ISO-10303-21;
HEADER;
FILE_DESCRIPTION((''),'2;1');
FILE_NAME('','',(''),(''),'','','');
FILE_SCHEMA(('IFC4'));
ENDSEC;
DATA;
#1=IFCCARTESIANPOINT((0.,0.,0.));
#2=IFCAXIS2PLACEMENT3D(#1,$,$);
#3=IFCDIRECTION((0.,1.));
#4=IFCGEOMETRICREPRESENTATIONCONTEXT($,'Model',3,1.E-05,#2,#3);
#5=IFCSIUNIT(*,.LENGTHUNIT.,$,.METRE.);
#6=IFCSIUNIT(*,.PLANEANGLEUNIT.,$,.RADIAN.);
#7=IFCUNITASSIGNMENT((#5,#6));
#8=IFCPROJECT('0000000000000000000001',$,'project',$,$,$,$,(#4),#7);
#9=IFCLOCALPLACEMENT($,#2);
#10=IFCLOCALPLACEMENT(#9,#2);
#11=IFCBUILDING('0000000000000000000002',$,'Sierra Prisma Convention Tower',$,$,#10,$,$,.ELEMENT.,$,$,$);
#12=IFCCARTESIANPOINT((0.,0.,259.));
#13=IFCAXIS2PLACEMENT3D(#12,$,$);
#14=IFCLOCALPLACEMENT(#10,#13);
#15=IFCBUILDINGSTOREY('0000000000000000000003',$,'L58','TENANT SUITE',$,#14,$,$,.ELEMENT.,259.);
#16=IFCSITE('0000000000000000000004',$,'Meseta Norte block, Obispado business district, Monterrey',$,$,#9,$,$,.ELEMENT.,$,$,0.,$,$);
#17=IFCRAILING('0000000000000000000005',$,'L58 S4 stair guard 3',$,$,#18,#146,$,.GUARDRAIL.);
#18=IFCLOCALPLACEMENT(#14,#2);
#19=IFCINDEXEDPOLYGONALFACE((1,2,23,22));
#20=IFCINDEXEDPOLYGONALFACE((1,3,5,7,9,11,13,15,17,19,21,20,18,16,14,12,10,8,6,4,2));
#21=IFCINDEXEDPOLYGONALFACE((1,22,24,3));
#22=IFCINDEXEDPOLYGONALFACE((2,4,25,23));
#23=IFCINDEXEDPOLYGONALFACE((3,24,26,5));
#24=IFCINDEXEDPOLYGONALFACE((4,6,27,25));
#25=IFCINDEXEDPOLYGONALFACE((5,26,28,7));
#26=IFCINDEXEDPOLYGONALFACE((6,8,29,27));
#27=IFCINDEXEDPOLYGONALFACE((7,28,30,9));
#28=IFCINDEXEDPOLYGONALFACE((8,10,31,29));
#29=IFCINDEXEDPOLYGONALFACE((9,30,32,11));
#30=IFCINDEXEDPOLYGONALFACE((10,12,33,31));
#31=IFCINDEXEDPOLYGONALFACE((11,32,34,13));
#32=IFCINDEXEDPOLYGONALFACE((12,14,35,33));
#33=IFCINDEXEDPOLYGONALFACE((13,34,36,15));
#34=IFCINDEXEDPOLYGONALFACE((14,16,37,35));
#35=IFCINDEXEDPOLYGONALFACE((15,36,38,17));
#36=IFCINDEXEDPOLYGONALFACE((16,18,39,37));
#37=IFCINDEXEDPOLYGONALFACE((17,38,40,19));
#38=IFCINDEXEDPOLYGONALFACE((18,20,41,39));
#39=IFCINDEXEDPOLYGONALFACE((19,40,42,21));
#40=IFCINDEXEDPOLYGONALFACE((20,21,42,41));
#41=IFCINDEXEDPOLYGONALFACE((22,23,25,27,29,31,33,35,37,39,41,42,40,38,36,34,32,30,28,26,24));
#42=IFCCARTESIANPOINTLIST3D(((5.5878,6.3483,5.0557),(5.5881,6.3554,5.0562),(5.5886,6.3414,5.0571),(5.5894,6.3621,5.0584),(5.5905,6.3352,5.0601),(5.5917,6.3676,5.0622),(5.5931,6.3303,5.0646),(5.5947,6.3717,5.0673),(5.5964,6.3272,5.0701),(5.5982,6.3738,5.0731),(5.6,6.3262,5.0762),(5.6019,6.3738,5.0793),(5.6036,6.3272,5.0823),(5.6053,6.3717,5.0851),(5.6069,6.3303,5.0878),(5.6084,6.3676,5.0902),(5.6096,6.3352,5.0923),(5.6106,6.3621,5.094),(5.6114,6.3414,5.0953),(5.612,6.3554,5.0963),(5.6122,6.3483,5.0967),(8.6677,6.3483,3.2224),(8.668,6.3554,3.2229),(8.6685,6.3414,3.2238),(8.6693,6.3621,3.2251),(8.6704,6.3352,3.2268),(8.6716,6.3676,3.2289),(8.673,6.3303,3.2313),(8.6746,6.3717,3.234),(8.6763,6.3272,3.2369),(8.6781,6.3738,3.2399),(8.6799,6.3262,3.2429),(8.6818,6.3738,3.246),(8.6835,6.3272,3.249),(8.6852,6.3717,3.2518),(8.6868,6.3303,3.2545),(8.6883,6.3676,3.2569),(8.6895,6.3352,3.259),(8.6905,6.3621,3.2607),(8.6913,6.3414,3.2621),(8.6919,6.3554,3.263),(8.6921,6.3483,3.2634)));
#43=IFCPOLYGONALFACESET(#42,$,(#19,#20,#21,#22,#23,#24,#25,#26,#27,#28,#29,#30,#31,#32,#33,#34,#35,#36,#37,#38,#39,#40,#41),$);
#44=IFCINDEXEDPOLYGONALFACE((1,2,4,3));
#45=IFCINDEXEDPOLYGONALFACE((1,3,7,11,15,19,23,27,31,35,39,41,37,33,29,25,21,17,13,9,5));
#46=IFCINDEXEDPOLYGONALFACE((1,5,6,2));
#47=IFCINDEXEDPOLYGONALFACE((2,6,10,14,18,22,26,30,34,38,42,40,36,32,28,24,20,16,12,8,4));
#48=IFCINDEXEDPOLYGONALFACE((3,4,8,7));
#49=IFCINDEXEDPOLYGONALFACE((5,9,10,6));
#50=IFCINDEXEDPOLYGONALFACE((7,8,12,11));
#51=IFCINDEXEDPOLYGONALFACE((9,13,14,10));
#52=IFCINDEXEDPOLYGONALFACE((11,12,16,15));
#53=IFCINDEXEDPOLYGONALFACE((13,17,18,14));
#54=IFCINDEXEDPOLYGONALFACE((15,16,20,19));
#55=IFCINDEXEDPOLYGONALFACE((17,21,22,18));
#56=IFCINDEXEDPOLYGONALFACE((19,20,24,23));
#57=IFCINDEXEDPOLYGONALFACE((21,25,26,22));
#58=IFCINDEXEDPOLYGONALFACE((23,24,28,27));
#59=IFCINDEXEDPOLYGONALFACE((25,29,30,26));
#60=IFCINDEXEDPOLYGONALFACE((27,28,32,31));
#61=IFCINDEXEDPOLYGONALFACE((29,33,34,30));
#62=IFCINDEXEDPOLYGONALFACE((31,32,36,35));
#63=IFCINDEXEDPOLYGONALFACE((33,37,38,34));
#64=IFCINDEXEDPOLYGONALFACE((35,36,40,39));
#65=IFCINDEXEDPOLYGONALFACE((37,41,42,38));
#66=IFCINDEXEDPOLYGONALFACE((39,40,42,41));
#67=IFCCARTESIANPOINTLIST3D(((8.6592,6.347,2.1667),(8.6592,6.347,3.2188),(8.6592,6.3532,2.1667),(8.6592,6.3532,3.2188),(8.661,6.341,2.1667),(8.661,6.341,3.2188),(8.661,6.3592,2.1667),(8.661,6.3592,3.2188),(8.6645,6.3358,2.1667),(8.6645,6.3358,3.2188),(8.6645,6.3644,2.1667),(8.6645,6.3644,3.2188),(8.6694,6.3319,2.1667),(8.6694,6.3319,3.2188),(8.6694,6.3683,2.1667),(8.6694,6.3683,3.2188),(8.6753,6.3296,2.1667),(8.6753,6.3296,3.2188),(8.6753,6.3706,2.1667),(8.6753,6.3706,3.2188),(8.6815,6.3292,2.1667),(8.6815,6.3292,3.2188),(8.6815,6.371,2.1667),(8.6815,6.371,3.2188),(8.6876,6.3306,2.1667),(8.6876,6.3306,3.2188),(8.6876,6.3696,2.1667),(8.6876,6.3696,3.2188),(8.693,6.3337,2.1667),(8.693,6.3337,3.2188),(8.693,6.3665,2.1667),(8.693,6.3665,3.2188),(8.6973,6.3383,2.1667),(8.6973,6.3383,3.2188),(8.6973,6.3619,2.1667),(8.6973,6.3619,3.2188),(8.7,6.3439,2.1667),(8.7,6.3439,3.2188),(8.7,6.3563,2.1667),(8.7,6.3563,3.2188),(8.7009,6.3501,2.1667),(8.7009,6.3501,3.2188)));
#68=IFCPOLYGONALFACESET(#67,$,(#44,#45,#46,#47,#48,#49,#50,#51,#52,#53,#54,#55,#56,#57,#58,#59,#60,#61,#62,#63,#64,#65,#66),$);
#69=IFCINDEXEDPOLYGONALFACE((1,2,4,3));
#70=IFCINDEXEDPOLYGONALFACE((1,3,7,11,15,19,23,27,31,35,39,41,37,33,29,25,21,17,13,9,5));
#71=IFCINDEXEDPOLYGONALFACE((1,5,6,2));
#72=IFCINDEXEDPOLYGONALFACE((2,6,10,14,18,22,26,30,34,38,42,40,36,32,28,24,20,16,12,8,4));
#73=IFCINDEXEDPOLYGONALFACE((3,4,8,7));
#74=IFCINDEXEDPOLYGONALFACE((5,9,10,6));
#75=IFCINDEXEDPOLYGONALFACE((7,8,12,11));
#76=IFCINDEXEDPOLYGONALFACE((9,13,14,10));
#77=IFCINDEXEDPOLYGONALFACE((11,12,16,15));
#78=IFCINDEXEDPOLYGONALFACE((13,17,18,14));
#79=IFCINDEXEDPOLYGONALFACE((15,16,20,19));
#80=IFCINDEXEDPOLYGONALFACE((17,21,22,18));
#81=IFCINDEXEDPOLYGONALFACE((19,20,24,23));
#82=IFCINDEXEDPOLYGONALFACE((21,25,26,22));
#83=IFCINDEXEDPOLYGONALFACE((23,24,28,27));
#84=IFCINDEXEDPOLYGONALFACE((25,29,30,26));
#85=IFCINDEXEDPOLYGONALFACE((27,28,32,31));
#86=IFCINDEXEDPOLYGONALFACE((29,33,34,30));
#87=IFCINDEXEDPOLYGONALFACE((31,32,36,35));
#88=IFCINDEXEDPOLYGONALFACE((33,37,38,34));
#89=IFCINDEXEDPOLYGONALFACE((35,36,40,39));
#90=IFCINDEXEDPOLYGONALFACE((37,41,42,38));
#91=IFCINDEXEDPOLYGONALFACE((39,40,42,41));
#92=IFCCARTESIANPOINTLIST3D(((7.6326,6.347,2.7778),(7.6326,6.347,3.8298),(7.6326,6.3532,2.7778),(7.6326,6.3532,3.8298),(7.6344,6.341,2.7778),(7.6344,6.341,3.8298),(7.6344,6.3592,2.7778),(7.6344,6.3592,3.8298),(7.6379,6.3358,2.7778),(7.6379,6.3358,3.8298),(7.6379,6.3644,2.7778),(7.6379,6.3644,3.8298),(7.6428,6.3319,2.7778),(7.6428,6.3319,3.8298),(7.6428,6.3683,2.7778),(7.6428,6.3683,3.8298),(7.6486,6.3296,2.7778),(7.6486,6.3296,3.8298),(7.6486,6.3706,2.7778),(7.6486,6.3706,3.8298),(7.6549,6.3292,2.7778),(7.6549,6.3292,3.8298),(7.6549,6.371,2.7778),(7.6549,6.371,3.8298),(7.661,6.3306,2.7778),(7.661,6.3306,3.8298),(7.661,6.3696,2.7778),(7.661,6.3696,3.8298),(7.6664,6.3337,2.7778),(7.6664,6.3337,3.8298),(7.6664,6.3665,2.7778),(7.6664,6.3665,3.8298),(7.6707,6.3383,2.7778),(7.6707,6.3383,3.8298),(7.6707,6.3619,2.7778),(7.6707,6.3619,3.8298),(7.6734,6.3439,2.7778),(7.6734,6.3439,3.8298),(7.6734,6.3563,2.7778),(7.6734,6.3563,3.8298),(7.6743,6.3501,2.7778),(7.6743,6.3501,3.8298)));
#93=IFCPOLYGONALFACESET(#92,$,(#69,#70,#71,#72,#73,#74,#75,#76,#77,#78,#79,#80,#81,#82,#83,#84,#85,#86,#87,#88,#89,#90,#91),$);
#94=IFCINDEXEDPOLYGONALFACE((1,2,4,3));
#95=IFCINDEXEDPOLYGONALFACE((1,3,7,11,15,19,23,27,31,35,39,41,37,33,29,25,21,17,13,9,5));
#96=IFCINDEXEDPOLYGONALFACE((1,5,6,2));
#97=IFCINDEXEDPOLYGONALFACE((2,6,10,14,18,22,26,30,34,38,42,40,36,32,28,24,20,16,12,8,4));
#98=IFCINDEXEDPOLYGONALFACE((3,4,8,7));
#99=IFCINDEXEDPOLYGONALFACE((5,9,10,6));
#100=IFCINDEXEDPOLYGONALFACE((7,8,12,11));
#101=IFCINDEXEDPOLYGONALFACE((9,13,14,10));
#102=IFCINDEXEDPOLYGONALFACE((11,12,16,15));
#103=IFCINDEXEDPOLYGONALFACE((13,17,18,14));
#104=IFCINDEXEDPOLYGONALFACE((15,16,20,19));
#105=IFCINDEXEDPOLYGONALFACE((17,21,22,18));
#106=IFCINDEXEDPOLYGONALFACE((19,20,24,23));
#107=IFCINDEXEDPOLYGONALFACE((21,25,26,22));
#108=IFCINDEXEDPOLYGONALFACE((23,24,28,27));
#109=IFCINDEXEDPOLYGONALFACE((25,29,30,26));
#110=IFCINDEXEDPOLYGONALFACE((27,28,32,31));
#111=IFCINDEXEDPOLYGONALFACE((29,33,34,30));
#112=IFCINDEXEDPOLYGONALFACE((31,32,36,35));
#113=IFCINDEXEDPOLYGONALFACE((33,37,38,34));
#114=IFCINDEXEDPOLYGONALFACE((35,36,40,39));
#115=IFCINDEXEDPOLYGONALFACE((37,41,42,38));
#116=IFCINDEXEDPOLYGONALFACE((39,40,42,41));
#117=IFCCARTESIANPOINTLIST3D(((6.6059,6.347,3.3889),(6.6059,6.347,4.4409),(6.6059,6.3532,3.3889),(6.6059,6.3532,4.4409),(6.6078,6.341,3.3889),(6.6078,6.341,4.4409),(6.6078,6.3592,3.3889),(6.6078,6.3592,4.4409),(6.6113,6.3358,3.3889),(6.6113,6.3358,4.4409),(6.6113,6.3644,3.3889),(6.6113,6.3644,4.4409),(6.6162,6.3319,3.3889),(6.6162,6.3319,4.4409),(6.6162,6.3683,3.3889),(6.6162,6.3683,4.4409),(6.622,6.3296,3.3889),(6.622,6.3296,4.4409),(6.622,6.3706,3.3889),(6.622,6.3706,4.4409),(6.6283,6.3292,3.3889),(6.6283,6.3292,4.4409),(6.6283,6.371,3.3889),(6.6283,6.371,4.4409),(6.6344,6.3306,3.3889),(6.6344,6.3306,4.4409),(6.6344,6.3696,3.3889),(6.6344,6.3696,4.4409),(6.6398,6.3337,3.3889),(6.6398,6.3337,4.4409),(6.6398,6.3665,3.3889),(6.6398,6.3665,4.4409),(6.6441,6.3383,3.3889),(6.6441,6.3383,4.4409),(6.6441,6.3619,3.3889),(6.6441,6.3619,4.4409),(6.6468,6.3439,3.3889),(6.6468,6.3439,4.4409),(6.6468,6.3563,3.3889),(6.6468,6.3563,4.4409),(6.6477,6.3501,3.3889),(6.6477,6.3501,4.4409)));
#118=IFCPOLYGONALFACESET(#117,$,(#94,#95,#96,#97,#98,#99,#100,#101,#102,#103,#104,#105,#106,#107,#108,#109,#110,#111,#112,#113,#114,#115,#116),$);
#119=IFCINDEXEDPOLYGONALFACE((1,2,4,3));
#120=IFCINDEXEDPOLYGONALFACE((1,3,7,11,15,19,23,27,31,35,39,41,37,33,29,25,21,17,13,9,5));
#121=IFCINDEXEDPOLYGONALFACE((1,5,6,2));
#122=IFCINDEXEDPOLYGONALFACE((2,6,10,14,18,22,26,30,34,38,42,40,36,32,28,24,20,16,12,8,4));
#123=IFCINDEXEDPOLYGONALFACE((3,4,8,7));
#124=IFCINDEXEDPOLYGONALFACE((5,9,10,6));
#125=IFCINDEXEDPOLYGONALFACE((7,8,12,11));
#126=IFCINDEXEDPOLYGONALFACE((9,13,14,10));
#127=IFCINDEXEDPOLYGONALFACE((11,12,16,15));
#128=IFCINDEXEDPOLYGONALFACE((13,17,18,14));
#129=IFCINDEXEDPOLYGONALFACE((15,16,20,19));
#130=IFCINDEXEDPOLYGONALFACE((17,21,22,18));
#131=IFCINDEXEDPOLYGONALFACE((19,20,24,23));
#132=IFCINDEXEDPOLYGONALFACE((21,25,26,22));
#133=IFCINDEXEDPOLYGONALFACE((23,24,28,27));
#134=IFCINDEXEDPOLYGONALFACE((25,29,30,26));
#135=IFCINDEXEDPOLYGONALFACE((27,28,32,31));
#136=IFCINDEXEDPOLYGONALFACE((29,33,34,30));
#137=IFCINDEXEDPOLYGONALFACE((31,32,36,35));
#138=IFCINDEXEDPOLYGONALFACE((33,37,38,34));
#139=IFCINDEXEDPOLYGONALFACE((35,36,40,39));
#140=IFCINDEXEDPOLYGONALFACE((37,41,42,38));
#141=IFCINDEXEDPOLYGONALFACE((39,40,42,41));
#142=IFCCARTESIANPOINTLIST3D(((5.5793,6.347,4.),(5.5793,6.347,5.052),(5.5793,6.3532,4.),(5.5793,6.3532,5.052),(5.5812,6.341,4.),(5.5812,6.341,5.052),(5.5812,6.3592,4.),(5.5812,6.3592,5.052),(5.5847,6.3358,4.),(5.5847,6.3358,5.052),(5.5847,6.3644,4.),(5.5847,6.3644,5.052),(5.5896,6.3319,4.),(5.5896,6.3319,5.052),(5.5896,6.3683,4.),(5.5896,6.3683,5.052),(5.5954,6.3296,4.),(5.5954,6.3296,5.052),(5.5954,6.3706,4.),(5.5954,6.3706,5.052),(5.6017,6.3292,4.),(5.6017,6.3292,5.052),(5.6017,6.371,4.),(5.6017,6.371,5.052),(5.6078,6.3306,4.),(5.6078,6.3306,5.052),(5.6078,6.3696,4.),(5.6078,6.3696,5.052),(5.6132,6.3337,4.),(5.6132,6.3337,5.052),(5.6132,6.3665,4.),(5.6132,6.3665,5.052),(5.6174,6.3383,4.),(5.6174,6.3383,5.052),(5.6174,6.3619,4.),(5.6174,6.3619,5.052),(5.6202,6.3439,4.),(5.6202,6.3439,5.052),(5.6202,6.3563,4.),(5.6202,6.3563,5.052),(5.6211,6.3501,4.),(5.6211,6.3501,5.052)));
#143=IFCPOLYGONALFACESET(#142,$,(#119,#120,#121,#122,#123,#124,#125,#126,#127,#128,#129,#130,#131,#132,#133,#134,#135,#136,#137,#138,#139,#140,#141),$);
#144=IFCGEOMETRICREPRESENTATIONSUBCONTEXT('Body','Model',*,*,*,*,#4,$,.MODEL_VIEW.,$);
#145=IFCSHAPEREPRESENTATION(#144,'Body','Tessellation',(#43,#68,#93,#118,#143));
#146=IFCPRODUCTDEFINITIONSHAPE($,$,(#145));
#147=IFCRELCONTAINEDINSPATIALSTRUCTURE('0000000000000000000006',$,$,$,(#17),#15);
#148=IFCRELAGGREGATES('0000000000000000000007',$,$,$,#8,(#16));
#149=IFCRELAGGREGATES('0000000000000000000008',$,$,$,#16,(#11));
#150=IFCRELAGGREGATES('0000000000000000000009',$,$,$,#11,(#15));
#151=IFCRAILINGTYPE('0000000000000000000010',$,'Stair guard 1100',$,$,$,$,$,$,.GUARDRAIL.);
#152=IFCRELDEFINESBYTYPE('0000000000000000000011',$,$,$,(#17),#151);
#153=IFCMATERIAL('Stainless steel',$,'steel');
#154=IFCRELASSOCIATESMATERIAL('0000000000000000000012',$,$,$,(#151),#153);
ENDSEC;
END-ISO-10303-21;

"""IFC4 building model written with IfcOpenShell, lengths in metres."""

from ifc_helpers import new_model, si_unit, direction, frame, origin, origin_2d, place, context, subcontext, project, spatial, circle, extrude, material, type_object, element, save


model = new_model("IFC4")

# Units and contexts
model_context = context("Model", 3, precision=1e-05, world=origin(), true_north=direction((0.0, 1.0)))
body_context = subcontext(model_context, "Body", "Model", "MODEL_VIEW")
ifc_project = project(units=[si_unit("LENGTHUNIT", "METRE"), si_unit("PLANEANGLEUNIT", "RADIAN")], contexts=[model_context])

# Site, building, storey
site_placement = place(None, origin())
site = spatial("IfcSite", under=ifc_project, at=site_placement, Name="Meseta Norte block, Obispado business district, Monterrey", CompositionType="ELEMENT", RefElevation=0.0)
building_placement = place(site_placement, origin())
building = spatial("IfcBuilding", under=site, at=building_placement, Name="Sierra Prisma Convention Tower", CompositionType="ELEMENT")
storey_placement = place(building_placement, frame((0.0, 0.0, 259.0)))
storey = spatial("IfcBuildingStorey", under=building, at=storey_placement, Name="L58", Description="TENANT SUITE", CompositionType="ELEMENT", Elevation=259.0)

# Railing
ifc_material_1 = material(Name="Stainless steel", Category="steel")
railing_type_1 = type_object("IfcRailingType", Name="Stair guard 1100", PredefinedType="GUARDRAIL", material=ifc_material_1)
railing_1_placement = place(storey_placement, frame((8.6799, 6.3501, 2.1667)))
element("IfcRailing", 1, at=railing_1_placement, inside=storey, type_object=railing_type_1, Name="L58 S4 stair guard 3", PredefinedType="GUARDRAIL", context=body_context, shape_type="SweptSolid", body=[
    extrude(circle(Radius=0.0239, at=origin_2d()), frame((0.0, 0.0, 1.0762), z_axis=(-0.859291, 0.0, 0.511487), x_axis=(0.0, -1.0, 0.0)), (0.0, 0.0, 1.0), 3.5842),
    extrude(circle(Radius=0.021, at=origin_2d()), origin(), (0.0, 0.0, 1.0), 1.052),
    extrude(circle(Radius=0.021, at=origin_2d()), frame((-1.0266, 0.0, 0.6111)), (0.0, 0.0, 1.0), 1.052),
    extrude(circle(Radius=0.021, at=origin_2d()), frame((-2.0532, 0.0, 1.2222)), (0.0, 0.0, 1.0), 1.052),
    extrude(circle(Radius=0.021, at=origin_2d()), frame((-3.0798, 0.0, 1.8333)), (0.0, 0.0, 1.0), 1.052),
])

save(model, "model.ifc")
